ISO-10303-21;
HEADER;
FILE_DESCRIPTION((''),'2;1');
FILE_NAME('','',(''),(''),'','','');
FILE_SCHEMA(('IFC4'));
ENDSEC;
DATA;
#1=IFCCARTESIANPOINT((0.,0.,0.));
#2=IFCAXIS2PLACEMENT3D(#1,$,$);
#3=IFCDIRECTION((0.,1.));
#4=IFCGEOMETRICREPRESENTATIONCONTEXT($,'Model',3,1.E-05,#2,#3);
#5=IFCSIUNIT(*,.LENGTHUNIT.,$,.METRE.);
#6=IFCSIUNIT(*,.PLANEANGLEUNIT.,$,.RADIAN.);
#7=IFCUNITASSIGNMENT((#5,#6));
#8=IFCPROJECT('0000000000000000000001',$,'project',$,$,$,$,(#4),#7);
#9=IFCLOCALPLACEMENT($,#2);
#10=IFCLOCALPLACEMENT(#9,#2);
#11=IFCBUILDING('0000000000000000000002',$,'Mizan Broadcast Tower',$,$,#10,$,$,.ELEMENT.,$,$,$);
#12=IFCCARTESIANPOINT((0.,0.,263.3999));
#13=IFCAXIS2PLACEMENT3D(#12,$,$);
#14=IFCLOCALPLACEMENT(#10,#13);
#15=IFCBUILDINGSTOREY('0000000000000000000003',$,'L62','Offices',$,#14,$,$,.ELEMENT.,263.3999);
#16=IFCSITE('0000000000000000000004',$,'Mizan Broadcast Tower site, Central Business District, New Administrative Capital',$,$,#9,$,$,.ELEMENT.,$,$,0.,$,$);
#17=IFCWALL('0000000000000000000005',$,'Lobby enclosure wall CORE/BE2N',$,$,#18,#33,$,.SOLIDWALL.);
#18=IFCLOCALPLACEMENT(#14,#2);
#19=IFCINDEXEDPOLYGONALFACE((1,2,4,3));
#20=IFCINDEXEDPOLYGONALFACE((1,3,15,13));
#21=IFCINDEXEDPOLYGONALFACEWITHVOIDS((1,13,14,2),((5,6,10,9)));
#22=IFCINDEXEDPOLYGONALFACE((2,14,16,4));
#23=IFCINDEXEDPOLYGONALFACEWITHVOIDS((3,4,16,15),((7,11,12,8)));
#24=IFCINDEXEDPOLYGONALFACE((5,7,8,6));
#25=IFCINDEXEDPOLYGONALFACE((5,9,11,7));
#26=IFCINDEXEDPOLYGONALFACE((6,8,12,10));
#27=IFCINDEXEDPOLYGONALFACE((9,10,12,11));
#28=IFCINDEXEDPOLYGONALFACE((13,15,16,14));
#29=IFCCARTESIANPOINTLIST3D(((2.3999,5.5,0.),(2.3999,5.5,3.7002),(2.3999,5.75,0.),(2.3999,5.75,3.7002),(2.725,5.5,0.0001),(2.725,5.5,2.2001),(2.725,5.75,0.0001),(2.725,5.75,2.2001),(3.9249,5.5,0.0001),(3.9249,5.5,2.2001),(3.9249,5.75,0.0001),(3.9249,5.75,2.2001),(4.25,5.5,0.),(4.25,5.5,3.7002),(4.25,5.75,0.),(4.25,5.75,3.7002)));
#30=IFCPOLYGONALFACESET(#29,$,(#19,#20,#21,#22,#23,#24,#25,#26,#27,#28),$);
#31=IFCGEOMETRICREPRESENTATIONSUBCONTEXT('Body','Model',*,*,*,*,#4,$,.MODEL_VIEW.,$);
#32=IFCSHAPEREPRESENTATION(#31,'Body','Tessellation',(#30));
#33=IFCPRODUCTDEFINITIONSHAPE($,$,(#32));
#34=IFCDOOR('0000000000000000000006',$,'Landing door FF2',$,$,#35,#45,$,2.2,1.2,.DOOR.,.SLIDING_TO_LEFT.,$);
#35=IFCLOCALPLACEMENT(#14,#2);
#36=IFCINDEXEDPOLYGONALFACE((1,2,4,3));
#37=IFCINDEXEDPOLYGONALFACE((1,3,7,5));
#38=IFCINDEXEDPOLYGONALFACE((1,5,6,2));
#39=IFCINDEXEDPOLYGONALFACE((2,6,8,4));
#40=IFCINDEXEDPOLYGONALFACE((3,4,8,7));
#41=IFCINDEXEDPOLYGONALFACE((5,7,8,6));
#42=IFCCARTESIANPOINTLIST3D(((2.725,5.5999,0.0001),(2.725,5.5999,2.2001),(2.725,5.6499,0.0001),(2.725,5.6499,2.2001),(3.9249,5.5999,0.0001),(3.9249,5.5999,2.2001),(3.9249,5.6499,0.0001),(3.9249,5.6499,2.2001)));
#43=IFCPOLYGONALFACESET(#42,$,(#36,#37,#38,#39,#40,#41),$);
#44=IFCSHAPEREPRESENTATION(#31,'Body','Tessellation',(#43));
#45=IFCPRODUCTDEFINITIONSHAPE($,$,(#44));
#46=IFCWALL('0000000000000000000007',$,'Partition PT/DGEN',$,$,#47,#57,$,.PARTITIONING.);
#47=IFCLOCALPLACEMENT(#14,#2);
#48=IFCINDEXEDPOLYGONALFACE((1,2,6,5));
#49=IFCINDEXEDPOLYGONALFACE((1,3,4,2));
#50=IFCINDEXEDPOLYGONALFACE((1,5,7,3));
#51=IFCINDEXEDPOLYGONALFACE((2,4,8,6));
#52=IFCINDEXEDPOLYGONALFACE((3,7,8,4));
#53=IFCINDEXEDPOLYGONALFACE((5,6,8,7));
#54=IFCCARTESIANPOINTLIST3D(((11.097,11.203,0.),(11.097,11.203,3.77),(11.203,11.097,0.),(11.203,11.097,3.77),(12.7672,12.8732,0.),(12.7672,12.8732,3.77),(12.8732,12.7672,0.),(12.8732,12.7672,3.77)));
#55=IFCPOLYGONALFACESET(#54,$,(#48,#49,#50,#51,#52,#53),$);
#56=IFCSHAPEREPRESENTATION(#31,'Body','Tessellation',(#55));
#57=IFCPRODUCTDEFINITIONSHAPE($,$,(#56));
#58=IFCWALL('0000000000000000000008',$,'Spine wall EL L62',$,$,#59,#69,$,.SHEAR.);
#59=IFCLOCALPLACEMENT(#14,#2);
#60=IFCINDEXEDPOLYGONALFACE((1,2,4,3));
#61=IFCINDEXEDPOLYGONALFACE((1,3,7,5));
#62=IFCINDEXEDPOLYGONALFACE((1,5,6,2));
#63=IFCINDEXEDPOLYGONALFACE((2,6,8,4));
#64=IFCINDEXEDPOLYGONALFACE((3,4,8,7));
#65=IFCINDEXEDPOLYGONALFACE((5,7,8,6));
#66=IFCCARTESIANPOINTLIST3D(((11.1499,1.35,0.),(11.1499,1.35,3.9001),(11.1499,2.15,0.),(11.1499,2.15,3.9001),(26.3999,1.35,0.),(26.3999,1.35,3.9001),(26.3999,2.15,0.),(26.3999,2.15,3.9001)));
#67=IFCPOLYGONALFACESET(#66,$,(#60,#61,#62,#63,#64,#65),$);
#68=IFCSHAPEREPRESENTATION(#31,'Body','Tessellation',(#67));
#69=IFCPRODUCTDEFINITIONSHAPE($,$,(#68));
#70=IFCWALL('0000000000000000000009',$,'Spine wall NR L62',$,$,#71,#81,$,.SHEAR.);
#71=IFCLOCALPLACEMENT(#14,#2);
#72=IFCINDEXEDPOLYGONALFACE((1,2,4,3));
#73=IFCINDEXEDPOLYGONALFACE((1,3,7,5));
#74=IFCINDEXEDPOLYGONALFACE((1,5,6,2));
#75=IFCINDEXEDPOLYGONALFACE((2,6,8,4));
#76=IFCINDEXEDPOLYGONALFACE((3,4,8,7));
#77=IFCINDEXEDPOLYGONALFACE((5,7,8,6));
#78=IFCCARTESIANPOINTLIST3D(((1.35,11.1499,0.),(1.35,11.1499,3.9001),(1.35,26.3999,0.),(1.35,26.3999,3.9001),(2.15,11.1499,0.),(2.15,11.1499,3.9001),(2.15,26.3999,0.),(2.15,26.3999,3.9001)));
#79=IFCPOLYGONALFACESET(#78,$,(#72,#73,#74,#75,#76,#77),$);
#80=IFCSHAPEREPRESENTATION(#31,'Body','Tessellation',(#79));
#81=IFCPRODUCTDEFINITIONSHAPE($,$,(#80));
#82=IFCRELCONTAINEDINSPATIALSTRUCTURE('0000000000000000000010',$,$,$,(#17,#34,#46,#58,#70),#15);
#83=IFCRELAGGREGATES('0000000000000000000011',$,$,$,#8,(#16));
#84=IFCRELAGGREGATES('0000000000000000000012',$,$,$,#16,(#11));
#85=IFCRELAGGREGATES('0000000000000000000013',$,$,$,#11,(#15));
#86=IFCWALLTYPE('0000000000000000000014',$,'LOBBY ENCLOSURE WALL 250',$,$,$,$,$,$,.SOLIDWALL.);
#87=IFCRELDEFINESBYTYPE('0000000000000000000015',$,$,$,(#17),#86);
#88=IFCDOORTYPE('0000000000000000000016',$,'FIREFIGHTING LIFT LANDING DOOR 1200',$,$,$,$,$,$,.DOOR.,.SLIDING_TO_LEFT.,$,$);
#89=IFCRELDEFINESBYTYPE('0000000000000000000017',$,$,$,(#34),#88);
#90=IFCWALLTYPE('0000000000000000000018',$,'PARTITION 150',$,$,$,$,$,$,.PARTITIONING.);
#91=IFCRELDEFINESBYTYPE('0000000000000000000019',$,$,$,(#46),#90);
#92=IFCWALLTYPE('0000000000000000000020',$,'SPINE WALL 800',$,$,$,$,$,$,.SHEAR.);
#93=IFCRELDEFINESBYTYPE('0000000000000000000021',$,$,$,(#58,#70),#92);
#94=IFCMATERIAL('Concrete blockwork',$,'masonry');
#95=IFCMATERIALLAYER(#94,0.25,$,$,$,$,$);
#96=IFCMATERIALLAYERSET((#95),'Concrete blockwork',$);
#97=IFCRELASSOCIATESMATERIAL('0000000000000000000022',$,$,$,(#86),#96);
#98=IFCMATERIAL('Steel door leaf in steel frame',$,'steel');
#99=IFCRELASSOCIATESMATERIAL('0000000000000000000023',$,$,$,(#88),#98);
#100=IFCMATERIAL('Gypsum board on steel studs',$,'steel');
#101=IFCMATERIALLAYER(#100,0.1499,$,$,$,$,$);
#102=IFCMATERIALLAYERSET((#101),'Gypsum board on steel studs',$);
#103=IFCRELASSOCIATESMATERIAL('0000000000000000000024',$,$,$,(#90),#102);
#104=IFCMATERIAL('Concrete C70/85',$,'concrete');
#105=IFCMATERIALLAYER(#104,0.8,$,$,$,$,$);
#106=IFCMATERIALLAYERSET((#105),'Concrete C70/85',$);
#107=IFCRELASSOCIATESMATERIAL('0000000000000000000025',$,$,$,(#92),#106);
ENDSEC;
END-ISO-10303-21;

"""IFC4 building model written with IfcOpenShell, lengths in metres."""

from ifc_helpers import new_model, si_unit, direction, frame, frame_2d, origin, place, context, subcontext, project, spatial, rectangle, extrude, material, layer, layer_set, type_object, element, fill, save


model = new_model("IFC4")

# Units and contexts
model_context = context("Model", 3, precision=1e-05, world=origin(), true_north=direction((0.0, 1.0)))
body_context = subcontext(model_context, "Body", "Model", "MODEL_VIEW")
ifc_project = project(units=[si_unit("LENGTHUNIT", "METRE"), si_unit("PLANEANGLEUNIT", "RADIAN")], contexts=[model_context])

# Site, building, storey
site_placement = place(None, origin())
site = spatial("IfcSite", under=ifc_project, at=site_placement, Name="Mizan Broadcast Tower site, Central Business District, New Administrative Capital", CompositionType="ELEMENT", RefElevation=0.0)
building_placement = place(site_placement, origin())
building = spatial("IfcBuilding", under=site, at=building_placement, Name="Mizan Broadcast Tower", CompositionType="ELEMENT")
storey_placement = place(building_placement, frame((0.0, 0.0, 263.3999)))
storey = spatial("IfcBuildingStorey", under=building, at=storey_placement, Name="L62", Description="Offices", CompositionType="ELEMENT", Elevation=263.3999)

# Wall, opening, door
ifc_material_1 = material(Name="Concrete blockwork", Category="masonry")
ifc_layer_1 = layer(ifc_material_1, 0.25)
ifc_layer_set_1 = layer_set([ifc_layer_1], Name="Concrete blockwork")
wall_type_1 = type_object("IfcWallType", Name="LOBBY ENCLOSURE WALL 250", PredefinedType="SOLIDWALL", material=ifc_layer_set_1)
wall_1_placement = place(storey_placement, frame((2.3999, 5.625, 0.0), z_axis=(0.0, 0.0, 1.0), x_axis=(1.0, 0.0, 0.0)))
wall_1 = element("IfcWall", 1, at=wall_1_placement, inside=storey, type_object=wall_type_1, Name="Lobby enclosure wall CORE/BE2N", PredefinedType="SOLIDWALL", context=body_context, shape_type="SweptSolid", body=[
    extrude(rectangle(XDim=1.8501, YDim=0.25, at=frame_2d((0.925, 0.0))), origin(), (0.0, 0.0, 1.0), 3.7002),
])
opening_1_placement = place(wall_1_placement, frame((0.325, 0.0, 0.0)))
opening_1 = element("IfcOpeningElement", 2, at=opening_1_placement, cuts=wall_1, PredefinedType="OPENING", context=body_context, shape_type="SweptSolid", body=[
    extrude(rectangle(XDim=1.2, YDim=2.2, at=frame_2d((0.6001, 1.1001))), frame((0.0, 0.135, 0.0), z_axis=(0.0, -1.0, 0.0), x_axis=(1.0, 0.0, 0.0)), (0.0, 0.0, 1.0), 0.27),
])
ifc_material_2 = material(Name="Steel door leaf in steel frame", Category="steel")
door_type_1 = type_object("IfcDoorType", Name="FIREFIGHTING LIFT LANDING DOOR 1200", OperationType="SLIDING_TO_LEFT", PredefinedType="DOOR", material=ifc_material_2)
door_1_placement = place(opening_1_placement, origin())
door_1 = element("IfcDoor", 3, at=door_1_placement, inside=storey, type_object=door_type_1, Name="Landing door FF2", OperationType="SLIDING_TO_LEFT", OverallHeight=2.2, OverallWidth=1.2, PredefinedType="DOOR", context=body_context, shape_type="SweptSolid", body=[
    extrude(rectangle(XDim=1.2, YDim=2.2, at=frame_2d((0.6001, 1.1001))), frame((0.0, 0.0249, 0.0), z_axis=(0.0, -1.0, 0.0), x_axis=(1.0, 0.0, 0.0)), (0.0, 0.0, 1.0), 0.05),
])
fill(opening_1, door_1)

# Walls
ifc_material_3 = material(Name="Gypsum board on steel studs", Category="steel")
ifc_layer_2 = layer(ifc_material_3, 0.1499)
ifc_layer_set_2 = layer_set([ifc_layer_2], Name="Gypsum board on steel studs")
wall_type_2 = type_object("IfcWallType", Name="PARTITION 150", PredefinedType="PARTITIONING", material=ifc_layer_set_2)
wall_2_placement = place(storey_placement, frame((11.1499, 11.1499, 0.0), z_axis=(0.0, 0.0, 1.0), x_axis=(0.707107, 0.707107, 0.0)))
element("IfcWall", 4, at=wall_2_placement, inside=storey, type_object=wall_type_2, Name="Partition PT/DGEN", PredefinedType="PARTITIONING", context=body_context, shape_type="SweptSolid", body=[
    extrude(rectangle(XDim=2.3621, YDim=0.1499, at=frame_2d((1.1812, 0.0))), origin(), (0.0, 0.0, 1.0), 3.77),
])
ifc_material_4 = material(Name="Concrete C70/85", Category="concrete")
ifc_layer_3 = layer(ifc_material_4, 0.8)
ifc_layer_set_3 = layer_set([ifc_layer_3], Name="Concrete C70/85")
wall_type_3 = type_object("IfcWallType", Name="SPINE WALL 800", PredefinedType="SHEAR", material=ifc_layer_set_3)
for number, where, z_axis, x_axis, name in (
    (5, (11.1499, 1.75, 0.0), (0.0, 0.0, 1.0), (1.0, 0.0, 0.0), "Spine wall EL L62"),
    (6, (1.75, 11.1499, 0.0), (0.0, 0.0, 1.0), (0.0, 1.0, 0.0), "Spine wall NR L62"),
):
    element("IfcWall", number, at=place(storey_placement, frame(where, z_axis=z_axis, x_axis=x_axis)), inside=storey, type_object=wall_type_3, Name=name, PredefinedType="SHEAR", context=body_context, shape_type="SweptSolid", body=[
        extrude(rectangle(XDim=15.25, YDim=0.8, at=frame_2d((7.625, 0.0))), origin(), (0.0, 0.0, 1.0), 3.9001),
    ])

save(model, "model.ifc")
